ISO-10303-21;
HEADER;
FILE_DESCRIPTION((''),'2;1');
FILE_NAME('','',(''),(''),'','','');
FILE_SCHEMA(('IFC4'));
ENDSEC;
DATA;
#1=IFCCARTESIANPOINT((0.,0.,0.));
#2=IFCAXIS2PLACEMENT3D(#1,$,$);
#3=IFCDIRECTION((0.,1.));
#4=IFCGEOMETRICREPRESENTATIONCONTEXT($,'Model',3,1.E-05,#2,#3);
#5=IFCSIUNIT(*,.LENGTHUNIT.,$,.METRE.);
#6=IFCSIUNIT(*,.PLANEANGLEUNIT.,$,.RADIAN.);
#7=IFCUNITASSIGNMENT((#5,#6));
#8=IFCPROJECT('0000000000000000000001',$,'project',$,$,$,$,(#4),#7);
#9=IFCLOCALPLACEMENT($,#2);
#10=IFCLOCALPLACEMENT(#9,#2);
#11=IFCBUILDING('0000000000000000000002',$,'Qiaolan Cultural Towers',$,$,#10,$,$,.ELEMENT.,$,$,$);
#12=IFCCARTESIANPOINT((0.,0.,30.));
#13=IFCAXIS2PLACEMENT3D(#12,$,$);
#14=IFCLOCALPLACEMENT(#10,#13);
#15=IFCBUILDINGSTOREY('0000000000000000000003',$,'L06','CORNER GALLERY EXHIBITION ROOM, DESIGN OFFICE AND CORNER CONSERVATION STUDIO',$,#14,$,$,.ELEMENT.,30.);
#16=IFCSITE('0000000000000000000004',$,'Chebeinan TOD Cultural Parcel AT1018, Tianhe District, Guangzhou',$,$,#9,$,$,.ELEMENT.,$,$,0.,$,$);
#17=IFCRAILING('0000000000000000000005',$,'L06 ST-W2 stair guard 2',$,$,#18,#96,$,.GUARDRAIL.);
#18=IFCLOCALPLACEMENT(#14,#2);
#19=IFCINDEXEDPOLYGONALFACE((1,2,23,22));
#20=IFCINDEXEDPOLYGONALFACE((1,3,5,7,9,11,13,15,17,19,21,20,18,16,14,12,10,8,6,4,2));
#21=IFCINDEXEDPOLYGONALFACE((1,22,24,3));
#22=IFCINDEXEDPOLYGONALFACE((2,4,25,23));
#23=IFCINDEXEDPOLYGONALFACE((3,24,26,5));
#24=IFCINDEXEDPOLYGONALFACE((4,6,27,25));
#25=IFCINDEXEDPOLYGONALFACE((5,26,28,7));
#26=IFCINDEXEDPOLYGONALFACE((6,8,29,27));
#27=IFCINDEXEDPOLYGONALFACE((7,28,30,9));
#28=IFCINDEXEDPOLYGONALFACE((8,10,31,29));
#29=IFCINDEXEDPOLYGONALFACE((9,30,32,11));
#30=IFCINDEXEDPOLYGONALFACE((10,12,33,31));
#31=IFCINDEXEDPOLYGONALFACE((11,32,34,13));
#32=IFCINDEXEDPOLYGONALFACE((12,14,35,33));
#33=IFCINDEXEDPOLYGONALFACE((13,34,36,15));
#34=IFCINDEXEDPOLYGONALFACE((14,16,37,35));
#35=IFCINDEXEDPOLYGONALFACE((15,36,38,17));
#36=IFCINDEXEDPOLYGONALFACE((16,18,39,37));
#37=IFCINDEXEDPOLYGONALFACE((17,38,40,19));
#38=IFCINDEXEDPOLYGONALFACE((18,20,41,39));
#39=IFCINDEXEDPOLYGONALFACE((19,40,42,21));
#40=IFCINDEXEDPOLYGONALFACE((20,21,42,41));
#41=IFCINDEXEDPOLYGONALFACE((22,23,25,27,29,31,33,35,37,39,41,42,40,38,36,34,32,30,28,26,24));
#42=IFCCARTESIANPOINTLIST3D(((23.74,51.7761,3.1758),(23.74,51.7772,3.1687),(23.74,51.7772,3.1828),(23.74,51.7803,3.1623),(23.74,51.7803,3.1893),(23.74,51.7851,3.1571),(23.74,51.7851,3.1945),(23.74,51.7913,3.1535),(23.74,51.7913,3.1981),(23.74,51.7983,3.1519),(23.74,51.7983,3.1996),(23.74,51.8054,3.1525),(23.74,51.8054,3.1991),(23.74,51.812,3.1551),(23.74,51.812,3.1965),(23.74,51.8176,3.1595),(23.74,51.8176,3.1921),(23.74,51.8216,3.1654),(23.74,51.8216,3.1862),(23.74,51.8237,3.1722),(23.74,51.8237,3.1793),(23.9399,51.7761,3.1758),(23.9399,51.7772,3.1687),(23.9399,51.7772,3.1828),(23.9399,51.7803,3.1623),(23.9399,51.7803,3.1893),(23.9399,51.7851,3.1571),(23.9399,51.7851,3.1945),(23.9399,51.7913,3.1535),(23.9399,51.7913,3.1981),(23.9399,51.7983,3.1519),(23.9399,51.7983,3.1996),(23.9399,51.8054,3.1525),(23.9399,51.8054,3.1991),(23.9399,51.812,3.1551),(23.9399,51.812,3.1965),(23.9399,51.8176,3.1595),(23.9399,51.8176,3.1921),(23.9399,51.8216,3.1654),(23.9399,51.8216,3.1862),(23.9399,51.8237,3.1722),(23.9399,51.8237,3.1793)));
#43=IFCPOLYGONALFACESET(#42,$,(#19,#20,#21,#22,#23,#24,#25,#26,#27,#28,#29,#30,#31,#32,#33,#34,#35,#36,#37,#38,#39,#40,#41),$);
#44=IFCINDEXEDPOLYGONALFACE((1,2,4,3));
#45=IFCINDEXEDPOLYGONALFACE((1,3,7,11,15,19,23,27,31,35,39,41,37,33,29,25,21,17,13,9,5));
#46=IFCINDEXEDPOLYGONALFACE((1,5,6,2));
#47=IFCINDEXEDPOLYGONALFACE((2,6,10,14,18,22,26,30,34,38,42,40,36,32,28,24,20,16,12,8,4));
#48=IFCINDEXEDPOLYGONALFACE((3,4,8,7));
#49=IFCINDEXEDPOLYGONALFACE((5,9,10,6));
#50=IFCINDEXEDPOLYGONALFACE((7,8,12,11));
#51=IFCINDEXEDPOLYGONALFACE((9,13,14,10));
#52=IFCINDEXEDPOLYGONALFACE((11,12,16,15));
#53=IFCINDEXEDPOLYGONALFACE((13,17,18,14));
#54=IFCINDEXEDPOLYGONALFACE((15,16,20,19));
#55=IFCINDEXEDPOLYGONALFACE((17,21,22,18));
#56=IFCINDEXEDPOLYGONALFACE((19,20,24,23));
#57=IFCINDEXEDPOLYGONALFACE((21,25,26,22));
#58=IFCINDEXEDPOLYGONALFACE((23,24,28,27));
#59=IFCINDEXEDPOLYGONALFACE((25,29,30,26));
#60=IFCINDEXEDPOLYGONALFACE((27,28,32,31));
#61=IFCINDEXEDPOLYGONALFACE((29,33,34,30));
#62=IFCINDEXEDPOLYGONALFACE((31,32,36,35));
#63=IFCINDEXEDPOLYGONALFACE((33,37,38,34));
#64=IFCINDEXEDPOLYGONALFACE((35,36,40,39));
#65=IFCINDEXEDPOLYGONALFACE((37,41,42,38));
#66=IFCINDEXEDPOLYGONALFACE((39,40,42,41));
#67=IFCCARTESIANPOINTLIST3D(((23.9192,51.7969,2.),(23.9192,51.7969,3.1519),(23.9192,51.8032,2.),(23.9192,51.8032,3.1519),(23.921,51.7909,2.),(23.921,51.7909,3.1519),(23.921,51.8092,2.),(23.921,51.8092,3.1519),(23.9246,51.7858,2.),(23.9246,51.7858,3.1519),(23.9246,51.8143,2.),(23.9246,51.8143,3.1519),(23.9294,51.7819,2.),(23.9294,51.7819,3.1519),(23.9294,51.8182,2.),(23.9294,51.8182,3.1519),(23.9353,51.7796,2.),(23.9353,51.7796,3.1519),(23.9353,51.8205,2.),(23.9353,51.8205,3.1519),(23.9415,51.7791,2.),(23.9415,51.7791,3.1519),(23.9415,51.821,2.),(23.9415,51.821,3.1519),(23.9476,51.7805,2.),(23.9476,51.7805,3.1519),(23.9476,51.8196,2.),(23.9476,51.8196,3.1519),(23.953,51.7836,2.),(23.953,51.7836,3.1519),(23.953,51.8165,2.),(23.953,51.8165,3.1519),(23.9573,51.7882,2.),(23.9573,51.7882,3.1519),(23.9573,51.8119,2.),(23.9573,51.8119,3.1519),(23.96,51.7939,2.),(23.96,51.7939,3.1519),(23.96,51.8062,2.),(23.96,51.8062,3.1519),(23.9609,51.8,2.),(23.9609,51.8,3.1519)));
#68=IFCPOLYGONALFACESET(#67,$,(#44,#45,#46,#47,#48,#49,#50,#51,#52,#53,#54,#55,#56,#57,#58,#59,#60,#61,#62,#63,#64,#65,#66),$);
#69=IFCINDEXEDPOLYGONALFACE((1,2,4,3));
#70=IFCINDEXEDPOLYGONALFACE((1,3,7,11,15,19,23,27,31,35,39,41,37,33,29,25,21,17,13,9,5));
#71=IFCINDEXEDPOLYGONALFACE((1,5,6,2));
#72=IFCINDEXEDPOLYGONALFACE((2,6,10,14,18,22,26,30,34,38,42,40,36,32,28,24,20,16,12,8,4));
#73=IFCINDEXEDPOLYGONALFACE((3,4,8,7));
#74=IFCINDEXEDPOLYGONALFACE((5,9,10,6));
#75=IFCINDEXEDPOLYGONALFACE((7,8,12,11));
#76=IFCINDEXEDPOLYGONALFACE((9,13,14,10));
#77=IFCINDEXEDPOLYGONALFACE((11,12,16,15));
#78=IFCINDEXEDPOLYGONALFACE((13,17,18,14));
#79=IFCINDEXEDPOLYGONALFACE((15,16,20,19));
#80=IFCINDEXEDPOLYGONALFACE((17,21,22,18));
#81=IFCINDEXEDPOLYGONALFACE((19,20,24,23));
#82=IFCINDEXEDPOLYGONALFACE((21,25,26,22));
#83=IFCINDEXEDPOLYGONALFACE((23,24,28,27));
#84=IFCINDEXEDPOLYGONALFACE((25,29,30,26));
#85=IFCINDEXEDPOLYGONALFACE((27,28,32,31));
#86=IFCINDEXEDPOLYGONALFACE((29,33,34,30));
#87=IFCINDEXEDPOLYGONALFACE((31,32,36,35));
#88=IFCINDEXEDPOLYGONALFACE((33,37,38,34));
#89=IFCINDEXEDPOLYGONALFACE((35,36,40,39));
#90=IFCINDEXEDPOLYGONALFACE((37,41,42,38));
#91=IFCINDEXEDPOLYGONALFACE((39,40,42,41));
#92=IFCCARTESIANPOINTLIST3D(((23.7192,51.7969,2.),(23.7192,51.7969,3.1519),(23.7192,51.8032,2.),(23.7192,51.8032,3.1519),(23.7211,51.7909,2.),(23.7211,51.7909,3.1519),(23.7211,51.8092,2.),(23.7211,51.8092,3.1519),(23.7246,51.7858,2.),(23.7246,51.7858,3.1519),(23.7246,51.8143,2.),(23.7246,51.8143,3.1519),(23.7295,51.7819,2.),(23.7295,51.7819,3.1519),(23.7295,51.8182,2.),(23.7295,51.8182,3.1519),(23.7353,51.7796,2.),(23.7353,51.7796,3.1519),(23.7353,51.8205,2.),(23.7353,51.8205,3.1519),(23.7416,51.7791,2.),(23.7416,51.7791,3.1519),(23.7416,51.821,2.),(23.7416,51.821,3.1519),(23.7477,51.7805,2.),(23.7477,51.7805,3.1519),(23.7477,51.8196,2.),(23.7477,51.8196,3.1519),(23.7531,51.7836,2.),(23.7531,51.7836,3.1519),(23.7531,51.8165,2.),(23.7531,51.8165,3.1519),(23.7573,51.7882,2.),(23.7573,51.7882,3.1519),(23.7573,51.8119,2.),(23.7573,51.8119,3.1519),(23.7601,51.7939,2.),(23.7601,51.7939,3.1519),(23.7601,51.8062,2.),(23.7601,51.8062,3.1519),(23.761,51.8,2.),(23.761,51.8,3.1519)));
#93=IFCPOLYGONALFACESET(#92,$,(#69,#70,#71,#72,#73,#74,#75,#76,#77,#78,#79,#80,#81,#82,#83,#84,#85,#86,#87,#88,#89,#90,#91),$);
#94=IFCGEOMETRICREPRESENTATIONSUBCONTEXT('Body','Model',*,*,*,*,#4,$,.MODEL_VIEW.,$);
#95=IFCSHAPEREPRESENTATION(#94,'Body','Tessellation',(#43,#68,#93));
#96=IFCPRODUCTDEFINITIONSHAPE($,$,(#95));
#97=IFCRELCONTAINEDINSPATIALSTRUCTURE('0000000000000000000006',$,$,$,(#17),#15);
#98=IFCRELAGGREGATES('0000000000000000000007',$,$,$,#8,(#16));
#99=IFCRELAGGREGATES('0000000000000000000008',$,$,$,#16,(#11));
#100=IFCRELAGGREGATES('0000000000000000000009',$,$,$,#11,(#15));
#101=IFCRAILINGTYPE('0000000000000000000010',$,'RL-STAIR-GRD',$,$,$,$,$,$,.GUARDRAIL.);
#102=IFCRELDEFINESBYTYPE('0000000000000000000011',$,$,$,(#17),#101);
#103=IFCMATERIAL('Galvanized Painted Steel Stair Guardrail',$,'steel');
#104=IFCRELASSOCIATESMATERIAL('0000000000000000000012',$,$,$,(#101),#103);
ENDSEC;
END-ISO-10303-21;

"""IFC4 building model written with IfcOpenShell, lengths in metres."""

from ifc_helpers import new_model, si_unit, direction, frame, origin, origin_2d, place, context, subcontext, project, spatial, circle, extrude, material, type_object, element, save


model = new_model("IFC4")

# Units and contexts
model_context = context("Model", 3, precision=1e-05, world=origin(), true_north=direction((0.0, 1.0)))
body_context = subcontext(model_context, "Body", "Model", "MODEL_VIEW")
ifc_project = project(units=[si_unit("LENGTHUNIT", "METRE"), si_unit("PLANEANGLEUNIT", "RADIAN")], contexts=[model_context])

# Site, building, storey
site_placement = place(None, origin())
site = spatial("IfcSite", under=ifc_project, at=site_placement, Name="Chebeinan TOD Cultural Parcel AT1018, Tianhe District, Guangzhou", CompositionType="ELEMENT", RefElevation=0.0)
building_placement = place(site_placement, origin())
building = spatial("IfcBuilding", under=site, at=building_placement, Name="Qiaolan Cultural Towers", CompositionType="ELEMENT")
storey_placement = place(building_placement, frame((0.0, 0.0, 30.0)))
storey = spatial("IfcBuildingStorey", under=building, at=storey_placement, Name="L06", Description="CORNER GALLERY EXHIBITION ROOM, DESIGN OFFICE AND CORNER CONSERVATION STUDIO", CompositionType="ELEMENT", Elevation=30.0)

# Railing
ifc_material_1 = material(Name="Galvanized Painted Steel Stair Guardrail", Category="steel")
railing_type_1 = type_object("IfcRailingType", Name="RL-STAIR-GRD", PredefinedType="GUARDRAIL", material=ifc_material_1)
railing_1_placement = place(storey_placement, frame((23.9399, 51.8, 2.0)))
element("IfcRailing", 1, at=railing_1_placement, inside=storey, type_object=railing_type_1, Name="L06 ST-W2 stair guard 2", PredefinedType="GUARDRAIL", context=body_context, shape_type="SweptSolid", body=[
    extrude(circle(Radius=0.0239, at=origin_2d()), frame((0.0, 0.0, 1.1758), z_axis=(-1.0, 0.0, 0.0), x_axis=(0.0, -1.0, 0.0)), (0.0, 0.0, 1.0), 0.2),
    extrude(circle(Radius=0.021, at=origin_2d()), origin(), (0.0, 0.0, 1.0), 1.1519),
    extrude(circle(Radius=0.021, at=origin_2d()), frame((-0.2, 0.0, 0.0)), (0.0, 0.0, 1.0), 1.1519),
])

save(model, "model.ifc")
